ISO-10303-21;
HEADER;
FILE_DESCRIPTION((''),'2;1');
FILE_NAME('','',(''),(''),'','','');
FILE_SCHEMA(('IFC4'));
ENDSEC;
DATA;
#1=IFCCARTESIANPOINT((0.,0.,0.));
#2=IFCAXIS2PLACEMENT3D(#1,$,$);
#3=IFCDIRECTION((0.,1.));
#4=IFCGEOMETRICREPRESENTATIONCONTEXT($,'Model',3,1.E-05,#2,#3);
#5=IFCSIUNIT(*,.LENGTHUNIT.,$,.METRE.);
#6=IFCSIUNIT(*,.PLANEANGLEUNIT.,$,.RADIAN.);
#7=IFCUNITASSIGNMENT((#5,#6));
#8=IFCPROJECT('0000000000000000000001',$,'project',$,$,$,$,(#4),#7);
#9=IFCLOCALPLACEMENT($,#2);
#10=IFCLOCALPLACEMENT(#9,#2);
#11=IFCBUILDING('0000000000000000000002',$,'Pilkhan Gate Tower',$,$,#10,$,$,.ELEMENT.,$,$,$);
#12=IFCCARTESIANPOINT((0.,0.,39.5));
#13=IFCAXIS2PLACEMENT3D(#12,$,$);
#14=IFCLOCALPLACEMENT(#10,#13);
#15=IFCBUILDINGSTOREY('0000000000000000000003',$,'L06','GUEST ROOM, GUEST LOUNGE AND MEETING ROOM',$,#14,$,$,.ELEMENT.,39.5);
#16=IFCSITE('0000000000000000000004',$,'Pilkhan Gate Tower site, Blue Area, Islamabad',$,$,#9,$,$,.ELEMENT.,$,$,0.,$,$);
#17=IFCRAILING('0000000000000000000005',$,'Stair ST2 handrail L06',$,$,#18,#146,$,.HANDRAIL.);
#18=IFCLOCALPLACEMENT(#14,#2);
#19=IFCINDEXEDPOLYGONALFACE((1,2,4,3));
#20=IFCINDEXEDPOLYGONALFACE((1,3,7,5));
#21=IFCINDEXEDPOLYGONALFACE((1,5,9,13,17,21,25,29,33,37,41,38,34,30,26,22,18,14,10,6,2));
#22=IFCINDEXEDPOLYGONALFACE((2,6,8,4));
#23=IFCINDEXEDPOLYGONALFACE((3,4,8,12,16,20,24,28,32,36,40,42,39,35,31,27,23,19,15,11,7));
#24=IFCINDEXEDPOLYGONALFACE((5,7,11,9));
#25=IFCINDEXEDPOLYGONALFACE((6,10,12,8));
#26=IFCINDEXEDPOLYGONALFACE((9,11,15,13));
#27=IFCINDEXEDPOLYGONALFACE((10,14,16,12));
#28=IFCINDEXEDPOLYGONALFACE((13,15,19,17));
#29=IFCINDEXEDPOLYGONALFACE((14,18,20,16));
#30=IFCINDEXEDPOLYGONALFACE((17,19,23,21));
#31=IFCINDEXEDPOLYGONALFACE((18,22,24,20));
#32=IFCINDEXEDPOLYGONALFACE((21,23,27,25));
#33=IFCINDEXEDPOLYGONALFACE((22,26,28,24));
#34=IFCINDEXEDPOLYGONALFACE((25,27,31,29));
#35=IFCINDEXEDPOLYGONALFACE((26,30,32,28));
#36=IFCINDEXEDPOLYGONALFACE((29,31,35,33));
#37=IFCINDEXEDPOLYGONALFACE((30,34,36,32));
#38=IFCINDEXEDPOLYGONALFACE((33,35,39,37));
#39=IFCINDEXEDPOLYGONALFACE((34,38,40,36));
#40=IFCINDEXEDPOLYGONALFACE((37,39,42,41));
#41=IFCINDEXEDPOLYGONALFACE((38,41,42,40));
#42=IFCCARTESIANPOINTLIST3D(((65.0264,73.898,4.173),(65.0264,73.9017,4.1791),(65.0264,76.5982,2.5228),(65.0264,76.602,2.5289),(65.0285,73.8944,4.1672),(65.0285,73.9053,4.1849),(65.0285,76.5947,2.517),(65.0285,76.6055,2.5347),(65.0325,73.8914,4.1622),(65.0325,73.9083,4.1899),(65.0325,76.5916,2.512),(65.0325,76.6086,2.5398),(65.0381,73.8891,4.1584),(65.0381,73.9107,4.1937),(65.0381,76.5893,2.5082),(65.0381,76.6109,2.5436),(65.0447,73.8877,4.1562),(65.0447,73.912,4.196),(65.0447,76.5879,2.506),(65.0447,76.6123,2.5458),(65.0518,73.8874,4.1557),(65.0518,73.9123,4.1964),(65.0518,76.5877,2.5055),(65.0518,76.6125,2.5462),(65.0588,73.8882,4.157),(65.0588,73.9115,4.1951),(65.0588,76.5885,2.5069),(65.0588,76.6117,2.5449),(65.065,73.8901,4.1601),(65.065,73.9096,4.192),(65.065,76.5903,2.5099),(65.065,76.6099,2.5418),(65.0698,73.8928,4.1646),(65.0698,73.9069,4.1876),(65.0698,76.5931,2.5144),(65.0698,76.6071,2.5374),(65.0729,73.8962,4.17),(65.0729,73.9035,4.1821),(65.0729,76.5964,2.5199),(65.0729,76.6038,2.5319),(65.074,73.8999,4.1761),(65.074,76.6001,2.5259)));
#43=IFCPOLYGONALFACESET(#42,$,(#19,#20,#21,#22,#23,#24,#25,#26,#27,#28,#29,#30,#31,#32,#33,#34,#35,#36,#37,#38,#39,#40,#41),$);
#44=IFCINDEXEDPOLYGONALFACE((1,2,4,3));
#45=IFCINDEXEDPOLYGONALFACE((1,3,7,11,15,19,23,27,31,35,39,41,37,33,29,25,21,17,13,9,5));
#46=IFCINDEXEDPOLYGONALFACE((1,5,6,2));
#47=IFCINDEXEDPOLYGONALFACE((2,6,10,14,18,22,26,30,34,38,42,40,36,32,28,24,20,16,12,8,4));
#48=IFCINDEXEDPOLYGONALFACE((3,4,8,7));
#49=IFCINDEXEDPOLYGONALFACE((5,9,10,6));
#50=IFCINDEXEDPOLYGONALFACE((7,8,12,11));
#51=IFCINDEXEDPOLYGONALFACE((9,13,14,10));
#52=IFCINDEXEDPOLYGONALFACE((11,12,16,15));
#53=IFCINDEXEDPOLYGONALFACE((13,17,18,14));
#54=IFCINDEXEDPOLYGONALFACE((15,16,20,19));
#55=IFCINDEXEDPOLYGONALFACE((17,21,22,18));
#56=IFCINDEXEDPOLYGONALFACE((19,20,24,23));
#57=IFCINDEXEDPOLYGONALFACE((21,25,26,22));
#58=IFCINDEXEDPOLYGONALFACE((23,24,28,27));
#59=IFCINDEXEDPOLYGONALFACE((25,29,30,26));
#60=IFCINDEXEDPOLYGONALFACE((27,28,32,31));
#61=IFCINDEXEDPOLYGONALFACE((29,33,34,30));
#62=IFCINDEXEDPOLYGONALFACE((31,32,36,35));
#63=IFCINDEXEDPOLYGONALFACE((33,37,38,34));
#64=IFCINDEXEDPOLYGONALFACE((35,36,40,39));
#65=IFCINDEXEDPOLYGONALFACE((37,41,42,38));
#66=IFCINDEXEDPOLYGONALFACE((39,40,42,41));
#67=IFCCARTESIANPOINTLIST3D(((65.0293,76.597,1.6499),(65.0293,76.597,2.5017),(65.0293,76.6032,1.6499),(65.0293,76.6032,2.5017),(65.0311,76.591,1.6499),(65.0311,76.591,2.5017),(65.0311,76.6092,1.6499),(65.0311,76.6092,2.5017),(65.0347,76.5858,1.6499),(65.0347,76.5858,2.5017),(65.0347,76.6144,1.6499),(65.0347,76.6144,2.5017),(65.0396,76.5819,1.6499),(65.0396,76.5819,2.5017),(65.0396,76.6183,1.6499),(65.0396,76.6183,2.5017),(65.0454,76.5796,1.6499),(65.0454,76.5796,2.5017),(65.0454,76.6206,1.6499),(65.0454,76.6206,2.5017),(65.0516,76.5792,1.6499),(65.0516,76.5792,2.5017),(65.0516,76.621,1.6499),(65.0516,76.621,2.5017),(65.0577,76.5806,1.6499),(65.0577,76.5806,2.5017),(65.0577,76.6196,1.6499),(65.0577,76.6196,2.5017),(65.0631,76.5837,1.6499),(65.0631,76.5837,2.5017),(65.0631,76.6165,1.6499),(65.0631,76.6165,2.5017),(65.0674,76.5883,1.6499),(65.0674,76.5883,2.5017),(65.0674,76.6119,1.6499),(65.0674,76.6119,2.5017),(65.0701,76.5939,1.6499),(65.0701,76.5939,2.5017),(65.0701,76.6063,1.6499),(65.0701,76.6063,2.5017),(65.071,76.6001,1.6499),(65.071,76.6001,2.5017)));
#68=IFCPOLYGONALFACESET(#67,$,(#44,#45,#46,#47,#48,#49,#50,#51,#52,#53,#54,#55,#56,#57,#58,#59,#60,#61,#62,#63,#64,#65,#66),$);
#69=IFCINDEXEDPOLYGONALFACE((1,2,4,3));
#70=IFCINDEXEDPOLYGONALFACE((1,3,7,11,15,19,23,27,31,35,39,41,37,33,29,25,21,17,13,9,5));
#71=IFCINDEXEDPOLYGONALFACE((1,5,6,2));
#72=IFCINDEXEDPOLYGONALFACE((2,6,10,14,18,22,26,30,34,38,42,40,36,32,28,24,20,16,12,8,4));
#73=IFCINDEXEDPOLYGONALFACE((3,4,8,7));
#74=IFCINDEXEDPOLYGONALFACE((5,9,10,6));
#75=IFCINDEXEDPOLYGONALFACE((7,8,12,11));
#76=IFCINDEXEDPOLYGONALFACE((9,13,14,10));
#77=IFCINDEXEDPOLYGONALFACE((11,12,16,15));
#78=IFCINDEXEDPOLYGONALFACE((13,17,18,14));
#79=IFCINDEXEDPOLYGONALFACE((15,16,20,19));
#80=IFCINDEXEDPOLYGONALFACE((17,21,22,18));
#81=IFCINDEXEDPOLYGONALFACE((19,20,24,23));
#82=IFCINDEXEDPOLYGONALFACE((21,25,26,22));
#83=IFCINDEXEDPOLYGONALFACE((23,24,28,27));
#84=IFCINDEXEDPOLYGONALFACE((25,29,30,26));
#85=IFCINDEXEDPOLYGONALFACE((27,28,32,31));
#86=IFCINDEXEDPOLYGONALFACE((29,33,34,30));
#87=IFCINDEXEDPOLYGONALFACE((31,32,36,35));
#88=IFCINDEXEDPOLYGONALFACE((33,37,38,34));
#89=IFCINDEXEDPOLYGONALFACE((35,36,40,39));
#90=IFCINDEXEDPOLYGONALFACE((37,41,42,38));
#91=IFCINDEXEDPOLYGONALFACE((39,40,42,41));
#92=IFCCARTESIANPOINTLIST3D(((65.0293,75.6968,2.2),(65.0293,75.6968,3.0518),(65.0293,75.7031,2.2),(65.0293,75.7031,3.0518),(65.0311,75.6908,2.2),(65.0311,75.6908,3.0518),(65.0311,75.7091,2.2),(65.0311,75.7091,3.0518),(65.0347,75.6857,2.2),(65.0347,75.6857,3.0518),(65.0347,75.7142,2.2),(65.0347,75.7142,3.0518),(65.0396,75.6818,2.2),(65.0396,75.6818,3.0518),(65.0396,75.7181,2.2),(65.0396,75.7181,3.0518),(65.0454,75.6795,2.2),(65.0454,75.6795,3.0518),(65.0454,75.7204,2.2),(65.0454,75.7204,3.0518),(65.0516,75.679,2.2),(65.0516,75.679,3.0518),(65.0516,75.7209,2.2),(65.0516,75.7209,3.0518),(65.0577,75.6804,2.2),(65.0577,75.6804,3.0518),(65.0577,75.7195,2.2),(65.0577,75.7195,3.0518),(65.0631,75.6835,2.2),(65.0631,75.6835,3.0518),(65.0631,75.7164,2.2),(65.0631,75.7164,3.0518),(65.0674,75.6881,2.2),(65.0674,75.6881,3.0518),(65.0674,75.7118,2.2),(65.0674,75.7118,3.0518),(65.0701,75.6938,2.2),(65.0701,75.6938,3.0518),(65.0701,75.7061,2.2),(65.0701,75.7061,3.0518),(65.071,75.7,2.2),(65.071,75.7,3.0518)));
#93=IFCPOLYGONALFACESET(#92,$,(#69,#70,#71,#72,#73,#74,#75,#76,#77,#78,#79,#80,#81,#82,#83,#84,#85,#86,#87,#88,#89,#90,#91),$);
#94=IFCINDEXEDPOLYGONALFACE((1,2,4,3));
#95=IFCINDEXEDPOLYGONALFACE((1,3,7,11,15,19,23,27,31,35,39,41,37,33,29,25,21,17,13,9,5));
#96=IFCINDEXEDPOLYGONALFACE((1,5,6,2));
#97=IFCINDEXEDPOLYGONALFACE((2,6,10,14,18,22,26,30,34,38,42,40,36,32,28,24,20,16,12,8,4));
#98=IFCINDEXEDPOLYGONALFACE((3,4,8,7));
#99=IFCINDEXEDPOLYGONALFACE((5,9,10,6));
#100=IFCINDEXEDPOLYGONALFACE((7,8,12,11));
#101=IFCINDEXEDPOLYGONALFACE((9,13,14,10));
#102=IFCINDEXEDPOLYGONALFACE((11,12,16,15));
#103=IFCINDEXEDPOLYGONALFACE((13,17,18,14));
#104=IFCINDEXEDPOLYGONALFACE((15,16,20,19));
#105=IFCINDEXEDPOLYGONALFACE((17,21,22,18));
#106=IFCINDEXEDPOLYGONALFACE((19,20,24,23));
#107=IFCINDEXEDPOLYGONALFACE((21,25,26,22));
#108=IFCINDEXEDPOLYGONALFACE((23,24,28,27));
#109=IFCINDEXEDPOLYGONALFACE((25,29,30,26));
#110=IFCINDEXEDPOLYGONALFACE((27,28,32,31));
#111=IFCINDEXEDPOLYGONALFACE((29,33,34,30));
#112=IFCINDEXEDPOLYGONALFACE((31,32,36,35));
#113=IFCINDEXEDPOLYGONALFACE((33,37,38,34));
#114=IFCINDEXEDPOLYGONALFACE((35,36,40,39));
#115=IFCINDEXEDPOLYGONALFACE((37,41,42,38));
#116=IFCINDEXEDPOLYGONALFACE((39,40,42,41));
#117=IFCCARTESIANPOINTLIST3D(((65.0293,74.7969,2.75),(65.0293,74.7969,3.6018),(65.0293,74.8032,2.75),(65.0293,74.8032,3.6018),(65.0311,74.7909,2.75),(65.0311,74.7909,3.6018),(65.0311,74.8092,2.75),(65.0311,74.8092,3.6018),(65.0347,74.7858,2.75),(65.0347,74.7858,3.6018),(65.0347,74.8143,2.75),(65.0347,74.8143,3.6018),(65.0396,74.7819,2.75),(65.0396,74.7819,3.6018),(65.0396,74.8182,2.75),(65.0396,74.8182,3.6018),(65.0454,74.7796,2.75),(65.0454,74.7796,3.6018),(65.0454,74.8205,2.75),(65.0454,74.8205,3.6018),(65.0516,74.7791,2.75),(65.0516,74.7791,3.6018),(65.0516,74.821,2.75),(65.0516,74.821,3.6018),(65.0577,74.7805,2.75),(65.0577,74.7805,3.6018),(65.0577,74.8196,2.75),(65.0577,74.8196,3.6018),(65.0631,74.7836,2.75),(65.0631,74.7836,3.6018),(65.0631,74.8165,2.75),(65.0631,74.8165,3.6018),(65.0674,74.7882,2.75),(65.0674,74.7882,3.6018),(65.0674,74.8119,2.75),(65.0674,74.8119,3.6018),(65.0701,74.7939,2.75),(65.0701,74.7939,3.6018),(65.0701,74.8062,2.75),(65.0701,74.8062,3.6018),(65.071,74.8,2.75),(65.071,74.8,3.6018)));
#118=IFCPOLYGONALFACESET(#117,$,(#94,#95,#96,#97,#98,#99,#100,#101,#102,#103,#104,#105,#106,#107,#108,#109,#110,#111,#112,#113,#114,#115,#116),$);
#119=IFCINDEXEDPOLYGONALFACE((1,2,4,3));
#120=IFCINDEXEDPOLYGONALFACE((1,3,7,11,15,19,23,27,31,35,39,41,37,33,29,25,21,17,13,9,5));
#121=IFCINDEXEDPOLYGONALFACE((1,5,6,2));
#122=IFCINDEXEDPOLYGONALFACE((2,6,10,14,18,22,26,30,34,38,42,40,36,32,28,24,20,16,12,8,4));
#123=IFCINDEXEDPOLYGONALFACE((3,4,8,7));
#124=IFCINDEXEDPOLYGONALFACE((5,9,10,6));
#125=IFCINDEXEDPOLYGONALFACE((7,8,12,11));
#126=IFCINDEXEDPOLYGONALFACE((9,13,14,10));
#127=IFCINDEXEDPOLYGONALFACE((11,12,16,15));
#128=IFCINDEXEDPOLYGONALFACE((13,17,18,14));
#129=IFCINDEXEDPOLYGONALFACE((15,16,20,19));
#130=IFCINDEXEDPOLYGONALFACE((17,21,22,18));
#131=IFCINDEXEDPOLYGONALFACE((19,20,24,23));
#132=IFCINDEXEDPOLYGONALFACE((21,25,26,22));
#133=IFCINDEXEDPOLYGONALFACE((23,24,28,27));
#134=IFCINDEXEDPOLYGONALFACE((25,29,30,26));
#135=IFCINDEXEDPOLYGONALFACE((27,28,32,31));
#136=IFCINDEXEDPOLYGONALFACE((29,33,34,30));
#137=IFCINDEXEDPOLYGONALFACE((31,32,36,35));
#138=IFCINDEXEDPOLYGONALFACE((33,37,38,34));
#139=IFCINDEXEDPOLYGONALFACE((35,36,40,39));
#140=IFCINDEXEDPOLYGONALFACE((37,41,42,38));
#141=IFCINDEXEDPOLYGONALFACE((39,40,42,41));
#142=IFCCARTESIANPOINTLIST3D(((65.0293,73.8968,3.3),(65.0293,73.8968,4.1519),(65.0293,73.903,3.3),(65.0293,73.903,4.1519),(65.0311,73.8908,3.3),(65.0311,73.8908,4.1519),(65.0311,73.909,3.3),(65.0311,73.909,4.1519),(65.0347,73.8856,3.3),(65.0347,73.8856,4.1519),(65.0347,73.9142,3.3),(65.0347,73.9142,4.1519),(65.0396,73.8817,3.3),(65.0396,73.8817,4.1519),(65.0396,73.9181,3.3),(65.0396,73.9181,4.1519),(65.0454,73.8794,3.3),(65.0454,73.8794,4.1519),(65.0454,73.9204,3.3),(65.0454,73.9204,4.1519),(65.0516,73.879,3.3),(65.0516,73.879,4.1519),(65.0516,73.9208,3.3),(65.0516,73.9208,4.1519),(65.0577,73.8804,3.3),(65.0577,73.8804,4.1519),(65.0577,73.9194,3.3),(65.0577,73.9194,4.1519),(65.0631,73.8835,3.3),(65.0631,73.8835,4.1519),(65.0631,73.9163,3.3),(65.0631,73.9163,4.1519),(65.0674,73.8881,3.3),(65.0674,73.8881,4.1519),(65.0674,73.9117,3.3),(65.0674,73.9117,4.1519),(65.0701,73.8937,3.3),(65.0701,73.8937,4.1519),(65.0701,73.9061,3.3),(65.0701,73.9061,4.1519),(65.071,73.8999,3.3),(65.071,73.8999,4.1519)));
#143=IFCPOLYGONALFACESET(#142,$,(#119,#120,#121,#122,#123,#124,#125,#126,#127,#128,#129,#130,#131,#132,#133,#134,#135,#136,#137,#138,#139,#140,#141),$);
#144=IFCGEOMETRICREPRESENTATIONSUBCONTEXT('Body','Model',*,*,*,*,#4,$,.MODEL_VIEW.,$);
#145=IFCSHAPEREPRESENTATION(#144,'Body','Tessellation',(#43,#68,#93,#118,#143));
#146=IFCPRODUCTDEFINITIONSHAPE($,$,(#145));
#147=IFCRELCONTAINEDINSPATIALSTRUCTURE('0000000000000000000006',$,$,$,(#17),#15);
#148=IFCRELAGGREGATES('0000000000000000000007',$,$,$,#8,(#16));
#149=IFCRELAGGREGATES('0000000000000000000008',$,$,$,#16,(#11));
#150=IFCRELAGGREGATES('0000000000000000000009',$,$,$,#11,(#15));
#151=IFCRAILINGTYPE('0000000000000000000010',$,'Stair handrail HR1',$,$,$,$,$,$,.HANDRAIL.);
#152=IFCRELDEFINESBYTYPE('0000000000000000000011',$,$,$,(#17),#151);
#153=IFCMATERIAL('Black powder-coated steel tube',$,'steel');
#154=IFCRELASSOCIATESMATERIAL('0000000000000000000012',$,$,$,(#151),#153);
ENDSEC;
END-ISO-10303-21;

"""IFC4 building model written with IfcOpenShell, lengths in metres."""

from ifc_helpers import new_model, si_unit, direction, frame, origin, origin_2d, place, context, subcontext, project, spatial, circle, extrude, material, type_object, element, save


model = new_model("IFC4")

# Units and contexts
model_context = context("Model", 3, precision=1e-05, world=origin(), true_north=direction((0.0, 1.0)))
body_context = subcontext(model_context, "Body", "Model", "MODEL_VIEW")
ifc_project = project(units=[si_unit("LENGTHUNIT", "METRE"), si_unit("PLANEANGLEUNIT", "RADIAN")], contexts=[model_context])

# Site, building, storey
site_placement = place(None, origin())
site = spatial("IfcSite", under=ifc_project, at=site_placement, Name="Pilkhan Gate Tower site, Blue Area, Islamabad", CompositionType="ELEMENT", RefElevation=0.0)
building_placement = place(site_placement, origin())
building = spatial("IfcBuilding", under=site, at=building_placement, Name="Pilkhan Gate Tower", CompositionType="ELEMENT")
storey_placement = place(building_placement, frame((0.0, 0.0, 39.5)))
storey = spatial("IfcBuildingStorey", under=building, at=storey_placement, Name="L06", Description="GUEST ROOM, GUEST LOUNGE AND MEETING ROOM", CompositionType="ELEMENT", Elevation=39.5)

# Railing
ifc_material_1 = material(Name="Black powder-coated steel tube", Category="steel")
railing_type_1 = type_object("IfcRailingType", Name="Stair handrail HR1", PredefinedType="HANDRAIL", material=ifc_material_1)
railing_1_placement = place(storey_placement, frame((65.05, 76.6001, 1.6499)))
element("IfcRailing", 1, at=railing_1_placement, inside=storey, type_object=railing_type_1, Name="Stair ST2 handrail L06", PredefinedType="HANDRAIL", context=body_context, shape_type="SweptSolid", body=[
    extrude(circle(Radius=0.0239, at=origin_2d()), frame((0.0, 0.0, 0.876), z_axis=(0.0, -0.853278, 0.521456), x_axis=(1.0, 0.0, 0.0)), (0.0, 0.0, 1.0), 3.1646),
    extrude(circle(Radius=0.021, at=origin_2d()), origin(), (0.0, 0.0, 1.0), 0.8518),
    extrude(circle(Radius=0.021, at=origin_2d()), frame((0.0, -0.9001, 0.55)), (0.0, 0.0, 1.0), 0.8518),
    extrude(circle(Radius=0.021, at=origin_2d()), frame((0.0, -1.8, 1.1001)), (0.0, 0.0, 1.0), 0.8518),
    extrude(circle(Radius=0.021, at=origin_2d()), frame((0.0, -2.7002, 1.6501)), (0.0, 0.0, 1.0), 0.8518),
])

save(model, "model.ifc")
